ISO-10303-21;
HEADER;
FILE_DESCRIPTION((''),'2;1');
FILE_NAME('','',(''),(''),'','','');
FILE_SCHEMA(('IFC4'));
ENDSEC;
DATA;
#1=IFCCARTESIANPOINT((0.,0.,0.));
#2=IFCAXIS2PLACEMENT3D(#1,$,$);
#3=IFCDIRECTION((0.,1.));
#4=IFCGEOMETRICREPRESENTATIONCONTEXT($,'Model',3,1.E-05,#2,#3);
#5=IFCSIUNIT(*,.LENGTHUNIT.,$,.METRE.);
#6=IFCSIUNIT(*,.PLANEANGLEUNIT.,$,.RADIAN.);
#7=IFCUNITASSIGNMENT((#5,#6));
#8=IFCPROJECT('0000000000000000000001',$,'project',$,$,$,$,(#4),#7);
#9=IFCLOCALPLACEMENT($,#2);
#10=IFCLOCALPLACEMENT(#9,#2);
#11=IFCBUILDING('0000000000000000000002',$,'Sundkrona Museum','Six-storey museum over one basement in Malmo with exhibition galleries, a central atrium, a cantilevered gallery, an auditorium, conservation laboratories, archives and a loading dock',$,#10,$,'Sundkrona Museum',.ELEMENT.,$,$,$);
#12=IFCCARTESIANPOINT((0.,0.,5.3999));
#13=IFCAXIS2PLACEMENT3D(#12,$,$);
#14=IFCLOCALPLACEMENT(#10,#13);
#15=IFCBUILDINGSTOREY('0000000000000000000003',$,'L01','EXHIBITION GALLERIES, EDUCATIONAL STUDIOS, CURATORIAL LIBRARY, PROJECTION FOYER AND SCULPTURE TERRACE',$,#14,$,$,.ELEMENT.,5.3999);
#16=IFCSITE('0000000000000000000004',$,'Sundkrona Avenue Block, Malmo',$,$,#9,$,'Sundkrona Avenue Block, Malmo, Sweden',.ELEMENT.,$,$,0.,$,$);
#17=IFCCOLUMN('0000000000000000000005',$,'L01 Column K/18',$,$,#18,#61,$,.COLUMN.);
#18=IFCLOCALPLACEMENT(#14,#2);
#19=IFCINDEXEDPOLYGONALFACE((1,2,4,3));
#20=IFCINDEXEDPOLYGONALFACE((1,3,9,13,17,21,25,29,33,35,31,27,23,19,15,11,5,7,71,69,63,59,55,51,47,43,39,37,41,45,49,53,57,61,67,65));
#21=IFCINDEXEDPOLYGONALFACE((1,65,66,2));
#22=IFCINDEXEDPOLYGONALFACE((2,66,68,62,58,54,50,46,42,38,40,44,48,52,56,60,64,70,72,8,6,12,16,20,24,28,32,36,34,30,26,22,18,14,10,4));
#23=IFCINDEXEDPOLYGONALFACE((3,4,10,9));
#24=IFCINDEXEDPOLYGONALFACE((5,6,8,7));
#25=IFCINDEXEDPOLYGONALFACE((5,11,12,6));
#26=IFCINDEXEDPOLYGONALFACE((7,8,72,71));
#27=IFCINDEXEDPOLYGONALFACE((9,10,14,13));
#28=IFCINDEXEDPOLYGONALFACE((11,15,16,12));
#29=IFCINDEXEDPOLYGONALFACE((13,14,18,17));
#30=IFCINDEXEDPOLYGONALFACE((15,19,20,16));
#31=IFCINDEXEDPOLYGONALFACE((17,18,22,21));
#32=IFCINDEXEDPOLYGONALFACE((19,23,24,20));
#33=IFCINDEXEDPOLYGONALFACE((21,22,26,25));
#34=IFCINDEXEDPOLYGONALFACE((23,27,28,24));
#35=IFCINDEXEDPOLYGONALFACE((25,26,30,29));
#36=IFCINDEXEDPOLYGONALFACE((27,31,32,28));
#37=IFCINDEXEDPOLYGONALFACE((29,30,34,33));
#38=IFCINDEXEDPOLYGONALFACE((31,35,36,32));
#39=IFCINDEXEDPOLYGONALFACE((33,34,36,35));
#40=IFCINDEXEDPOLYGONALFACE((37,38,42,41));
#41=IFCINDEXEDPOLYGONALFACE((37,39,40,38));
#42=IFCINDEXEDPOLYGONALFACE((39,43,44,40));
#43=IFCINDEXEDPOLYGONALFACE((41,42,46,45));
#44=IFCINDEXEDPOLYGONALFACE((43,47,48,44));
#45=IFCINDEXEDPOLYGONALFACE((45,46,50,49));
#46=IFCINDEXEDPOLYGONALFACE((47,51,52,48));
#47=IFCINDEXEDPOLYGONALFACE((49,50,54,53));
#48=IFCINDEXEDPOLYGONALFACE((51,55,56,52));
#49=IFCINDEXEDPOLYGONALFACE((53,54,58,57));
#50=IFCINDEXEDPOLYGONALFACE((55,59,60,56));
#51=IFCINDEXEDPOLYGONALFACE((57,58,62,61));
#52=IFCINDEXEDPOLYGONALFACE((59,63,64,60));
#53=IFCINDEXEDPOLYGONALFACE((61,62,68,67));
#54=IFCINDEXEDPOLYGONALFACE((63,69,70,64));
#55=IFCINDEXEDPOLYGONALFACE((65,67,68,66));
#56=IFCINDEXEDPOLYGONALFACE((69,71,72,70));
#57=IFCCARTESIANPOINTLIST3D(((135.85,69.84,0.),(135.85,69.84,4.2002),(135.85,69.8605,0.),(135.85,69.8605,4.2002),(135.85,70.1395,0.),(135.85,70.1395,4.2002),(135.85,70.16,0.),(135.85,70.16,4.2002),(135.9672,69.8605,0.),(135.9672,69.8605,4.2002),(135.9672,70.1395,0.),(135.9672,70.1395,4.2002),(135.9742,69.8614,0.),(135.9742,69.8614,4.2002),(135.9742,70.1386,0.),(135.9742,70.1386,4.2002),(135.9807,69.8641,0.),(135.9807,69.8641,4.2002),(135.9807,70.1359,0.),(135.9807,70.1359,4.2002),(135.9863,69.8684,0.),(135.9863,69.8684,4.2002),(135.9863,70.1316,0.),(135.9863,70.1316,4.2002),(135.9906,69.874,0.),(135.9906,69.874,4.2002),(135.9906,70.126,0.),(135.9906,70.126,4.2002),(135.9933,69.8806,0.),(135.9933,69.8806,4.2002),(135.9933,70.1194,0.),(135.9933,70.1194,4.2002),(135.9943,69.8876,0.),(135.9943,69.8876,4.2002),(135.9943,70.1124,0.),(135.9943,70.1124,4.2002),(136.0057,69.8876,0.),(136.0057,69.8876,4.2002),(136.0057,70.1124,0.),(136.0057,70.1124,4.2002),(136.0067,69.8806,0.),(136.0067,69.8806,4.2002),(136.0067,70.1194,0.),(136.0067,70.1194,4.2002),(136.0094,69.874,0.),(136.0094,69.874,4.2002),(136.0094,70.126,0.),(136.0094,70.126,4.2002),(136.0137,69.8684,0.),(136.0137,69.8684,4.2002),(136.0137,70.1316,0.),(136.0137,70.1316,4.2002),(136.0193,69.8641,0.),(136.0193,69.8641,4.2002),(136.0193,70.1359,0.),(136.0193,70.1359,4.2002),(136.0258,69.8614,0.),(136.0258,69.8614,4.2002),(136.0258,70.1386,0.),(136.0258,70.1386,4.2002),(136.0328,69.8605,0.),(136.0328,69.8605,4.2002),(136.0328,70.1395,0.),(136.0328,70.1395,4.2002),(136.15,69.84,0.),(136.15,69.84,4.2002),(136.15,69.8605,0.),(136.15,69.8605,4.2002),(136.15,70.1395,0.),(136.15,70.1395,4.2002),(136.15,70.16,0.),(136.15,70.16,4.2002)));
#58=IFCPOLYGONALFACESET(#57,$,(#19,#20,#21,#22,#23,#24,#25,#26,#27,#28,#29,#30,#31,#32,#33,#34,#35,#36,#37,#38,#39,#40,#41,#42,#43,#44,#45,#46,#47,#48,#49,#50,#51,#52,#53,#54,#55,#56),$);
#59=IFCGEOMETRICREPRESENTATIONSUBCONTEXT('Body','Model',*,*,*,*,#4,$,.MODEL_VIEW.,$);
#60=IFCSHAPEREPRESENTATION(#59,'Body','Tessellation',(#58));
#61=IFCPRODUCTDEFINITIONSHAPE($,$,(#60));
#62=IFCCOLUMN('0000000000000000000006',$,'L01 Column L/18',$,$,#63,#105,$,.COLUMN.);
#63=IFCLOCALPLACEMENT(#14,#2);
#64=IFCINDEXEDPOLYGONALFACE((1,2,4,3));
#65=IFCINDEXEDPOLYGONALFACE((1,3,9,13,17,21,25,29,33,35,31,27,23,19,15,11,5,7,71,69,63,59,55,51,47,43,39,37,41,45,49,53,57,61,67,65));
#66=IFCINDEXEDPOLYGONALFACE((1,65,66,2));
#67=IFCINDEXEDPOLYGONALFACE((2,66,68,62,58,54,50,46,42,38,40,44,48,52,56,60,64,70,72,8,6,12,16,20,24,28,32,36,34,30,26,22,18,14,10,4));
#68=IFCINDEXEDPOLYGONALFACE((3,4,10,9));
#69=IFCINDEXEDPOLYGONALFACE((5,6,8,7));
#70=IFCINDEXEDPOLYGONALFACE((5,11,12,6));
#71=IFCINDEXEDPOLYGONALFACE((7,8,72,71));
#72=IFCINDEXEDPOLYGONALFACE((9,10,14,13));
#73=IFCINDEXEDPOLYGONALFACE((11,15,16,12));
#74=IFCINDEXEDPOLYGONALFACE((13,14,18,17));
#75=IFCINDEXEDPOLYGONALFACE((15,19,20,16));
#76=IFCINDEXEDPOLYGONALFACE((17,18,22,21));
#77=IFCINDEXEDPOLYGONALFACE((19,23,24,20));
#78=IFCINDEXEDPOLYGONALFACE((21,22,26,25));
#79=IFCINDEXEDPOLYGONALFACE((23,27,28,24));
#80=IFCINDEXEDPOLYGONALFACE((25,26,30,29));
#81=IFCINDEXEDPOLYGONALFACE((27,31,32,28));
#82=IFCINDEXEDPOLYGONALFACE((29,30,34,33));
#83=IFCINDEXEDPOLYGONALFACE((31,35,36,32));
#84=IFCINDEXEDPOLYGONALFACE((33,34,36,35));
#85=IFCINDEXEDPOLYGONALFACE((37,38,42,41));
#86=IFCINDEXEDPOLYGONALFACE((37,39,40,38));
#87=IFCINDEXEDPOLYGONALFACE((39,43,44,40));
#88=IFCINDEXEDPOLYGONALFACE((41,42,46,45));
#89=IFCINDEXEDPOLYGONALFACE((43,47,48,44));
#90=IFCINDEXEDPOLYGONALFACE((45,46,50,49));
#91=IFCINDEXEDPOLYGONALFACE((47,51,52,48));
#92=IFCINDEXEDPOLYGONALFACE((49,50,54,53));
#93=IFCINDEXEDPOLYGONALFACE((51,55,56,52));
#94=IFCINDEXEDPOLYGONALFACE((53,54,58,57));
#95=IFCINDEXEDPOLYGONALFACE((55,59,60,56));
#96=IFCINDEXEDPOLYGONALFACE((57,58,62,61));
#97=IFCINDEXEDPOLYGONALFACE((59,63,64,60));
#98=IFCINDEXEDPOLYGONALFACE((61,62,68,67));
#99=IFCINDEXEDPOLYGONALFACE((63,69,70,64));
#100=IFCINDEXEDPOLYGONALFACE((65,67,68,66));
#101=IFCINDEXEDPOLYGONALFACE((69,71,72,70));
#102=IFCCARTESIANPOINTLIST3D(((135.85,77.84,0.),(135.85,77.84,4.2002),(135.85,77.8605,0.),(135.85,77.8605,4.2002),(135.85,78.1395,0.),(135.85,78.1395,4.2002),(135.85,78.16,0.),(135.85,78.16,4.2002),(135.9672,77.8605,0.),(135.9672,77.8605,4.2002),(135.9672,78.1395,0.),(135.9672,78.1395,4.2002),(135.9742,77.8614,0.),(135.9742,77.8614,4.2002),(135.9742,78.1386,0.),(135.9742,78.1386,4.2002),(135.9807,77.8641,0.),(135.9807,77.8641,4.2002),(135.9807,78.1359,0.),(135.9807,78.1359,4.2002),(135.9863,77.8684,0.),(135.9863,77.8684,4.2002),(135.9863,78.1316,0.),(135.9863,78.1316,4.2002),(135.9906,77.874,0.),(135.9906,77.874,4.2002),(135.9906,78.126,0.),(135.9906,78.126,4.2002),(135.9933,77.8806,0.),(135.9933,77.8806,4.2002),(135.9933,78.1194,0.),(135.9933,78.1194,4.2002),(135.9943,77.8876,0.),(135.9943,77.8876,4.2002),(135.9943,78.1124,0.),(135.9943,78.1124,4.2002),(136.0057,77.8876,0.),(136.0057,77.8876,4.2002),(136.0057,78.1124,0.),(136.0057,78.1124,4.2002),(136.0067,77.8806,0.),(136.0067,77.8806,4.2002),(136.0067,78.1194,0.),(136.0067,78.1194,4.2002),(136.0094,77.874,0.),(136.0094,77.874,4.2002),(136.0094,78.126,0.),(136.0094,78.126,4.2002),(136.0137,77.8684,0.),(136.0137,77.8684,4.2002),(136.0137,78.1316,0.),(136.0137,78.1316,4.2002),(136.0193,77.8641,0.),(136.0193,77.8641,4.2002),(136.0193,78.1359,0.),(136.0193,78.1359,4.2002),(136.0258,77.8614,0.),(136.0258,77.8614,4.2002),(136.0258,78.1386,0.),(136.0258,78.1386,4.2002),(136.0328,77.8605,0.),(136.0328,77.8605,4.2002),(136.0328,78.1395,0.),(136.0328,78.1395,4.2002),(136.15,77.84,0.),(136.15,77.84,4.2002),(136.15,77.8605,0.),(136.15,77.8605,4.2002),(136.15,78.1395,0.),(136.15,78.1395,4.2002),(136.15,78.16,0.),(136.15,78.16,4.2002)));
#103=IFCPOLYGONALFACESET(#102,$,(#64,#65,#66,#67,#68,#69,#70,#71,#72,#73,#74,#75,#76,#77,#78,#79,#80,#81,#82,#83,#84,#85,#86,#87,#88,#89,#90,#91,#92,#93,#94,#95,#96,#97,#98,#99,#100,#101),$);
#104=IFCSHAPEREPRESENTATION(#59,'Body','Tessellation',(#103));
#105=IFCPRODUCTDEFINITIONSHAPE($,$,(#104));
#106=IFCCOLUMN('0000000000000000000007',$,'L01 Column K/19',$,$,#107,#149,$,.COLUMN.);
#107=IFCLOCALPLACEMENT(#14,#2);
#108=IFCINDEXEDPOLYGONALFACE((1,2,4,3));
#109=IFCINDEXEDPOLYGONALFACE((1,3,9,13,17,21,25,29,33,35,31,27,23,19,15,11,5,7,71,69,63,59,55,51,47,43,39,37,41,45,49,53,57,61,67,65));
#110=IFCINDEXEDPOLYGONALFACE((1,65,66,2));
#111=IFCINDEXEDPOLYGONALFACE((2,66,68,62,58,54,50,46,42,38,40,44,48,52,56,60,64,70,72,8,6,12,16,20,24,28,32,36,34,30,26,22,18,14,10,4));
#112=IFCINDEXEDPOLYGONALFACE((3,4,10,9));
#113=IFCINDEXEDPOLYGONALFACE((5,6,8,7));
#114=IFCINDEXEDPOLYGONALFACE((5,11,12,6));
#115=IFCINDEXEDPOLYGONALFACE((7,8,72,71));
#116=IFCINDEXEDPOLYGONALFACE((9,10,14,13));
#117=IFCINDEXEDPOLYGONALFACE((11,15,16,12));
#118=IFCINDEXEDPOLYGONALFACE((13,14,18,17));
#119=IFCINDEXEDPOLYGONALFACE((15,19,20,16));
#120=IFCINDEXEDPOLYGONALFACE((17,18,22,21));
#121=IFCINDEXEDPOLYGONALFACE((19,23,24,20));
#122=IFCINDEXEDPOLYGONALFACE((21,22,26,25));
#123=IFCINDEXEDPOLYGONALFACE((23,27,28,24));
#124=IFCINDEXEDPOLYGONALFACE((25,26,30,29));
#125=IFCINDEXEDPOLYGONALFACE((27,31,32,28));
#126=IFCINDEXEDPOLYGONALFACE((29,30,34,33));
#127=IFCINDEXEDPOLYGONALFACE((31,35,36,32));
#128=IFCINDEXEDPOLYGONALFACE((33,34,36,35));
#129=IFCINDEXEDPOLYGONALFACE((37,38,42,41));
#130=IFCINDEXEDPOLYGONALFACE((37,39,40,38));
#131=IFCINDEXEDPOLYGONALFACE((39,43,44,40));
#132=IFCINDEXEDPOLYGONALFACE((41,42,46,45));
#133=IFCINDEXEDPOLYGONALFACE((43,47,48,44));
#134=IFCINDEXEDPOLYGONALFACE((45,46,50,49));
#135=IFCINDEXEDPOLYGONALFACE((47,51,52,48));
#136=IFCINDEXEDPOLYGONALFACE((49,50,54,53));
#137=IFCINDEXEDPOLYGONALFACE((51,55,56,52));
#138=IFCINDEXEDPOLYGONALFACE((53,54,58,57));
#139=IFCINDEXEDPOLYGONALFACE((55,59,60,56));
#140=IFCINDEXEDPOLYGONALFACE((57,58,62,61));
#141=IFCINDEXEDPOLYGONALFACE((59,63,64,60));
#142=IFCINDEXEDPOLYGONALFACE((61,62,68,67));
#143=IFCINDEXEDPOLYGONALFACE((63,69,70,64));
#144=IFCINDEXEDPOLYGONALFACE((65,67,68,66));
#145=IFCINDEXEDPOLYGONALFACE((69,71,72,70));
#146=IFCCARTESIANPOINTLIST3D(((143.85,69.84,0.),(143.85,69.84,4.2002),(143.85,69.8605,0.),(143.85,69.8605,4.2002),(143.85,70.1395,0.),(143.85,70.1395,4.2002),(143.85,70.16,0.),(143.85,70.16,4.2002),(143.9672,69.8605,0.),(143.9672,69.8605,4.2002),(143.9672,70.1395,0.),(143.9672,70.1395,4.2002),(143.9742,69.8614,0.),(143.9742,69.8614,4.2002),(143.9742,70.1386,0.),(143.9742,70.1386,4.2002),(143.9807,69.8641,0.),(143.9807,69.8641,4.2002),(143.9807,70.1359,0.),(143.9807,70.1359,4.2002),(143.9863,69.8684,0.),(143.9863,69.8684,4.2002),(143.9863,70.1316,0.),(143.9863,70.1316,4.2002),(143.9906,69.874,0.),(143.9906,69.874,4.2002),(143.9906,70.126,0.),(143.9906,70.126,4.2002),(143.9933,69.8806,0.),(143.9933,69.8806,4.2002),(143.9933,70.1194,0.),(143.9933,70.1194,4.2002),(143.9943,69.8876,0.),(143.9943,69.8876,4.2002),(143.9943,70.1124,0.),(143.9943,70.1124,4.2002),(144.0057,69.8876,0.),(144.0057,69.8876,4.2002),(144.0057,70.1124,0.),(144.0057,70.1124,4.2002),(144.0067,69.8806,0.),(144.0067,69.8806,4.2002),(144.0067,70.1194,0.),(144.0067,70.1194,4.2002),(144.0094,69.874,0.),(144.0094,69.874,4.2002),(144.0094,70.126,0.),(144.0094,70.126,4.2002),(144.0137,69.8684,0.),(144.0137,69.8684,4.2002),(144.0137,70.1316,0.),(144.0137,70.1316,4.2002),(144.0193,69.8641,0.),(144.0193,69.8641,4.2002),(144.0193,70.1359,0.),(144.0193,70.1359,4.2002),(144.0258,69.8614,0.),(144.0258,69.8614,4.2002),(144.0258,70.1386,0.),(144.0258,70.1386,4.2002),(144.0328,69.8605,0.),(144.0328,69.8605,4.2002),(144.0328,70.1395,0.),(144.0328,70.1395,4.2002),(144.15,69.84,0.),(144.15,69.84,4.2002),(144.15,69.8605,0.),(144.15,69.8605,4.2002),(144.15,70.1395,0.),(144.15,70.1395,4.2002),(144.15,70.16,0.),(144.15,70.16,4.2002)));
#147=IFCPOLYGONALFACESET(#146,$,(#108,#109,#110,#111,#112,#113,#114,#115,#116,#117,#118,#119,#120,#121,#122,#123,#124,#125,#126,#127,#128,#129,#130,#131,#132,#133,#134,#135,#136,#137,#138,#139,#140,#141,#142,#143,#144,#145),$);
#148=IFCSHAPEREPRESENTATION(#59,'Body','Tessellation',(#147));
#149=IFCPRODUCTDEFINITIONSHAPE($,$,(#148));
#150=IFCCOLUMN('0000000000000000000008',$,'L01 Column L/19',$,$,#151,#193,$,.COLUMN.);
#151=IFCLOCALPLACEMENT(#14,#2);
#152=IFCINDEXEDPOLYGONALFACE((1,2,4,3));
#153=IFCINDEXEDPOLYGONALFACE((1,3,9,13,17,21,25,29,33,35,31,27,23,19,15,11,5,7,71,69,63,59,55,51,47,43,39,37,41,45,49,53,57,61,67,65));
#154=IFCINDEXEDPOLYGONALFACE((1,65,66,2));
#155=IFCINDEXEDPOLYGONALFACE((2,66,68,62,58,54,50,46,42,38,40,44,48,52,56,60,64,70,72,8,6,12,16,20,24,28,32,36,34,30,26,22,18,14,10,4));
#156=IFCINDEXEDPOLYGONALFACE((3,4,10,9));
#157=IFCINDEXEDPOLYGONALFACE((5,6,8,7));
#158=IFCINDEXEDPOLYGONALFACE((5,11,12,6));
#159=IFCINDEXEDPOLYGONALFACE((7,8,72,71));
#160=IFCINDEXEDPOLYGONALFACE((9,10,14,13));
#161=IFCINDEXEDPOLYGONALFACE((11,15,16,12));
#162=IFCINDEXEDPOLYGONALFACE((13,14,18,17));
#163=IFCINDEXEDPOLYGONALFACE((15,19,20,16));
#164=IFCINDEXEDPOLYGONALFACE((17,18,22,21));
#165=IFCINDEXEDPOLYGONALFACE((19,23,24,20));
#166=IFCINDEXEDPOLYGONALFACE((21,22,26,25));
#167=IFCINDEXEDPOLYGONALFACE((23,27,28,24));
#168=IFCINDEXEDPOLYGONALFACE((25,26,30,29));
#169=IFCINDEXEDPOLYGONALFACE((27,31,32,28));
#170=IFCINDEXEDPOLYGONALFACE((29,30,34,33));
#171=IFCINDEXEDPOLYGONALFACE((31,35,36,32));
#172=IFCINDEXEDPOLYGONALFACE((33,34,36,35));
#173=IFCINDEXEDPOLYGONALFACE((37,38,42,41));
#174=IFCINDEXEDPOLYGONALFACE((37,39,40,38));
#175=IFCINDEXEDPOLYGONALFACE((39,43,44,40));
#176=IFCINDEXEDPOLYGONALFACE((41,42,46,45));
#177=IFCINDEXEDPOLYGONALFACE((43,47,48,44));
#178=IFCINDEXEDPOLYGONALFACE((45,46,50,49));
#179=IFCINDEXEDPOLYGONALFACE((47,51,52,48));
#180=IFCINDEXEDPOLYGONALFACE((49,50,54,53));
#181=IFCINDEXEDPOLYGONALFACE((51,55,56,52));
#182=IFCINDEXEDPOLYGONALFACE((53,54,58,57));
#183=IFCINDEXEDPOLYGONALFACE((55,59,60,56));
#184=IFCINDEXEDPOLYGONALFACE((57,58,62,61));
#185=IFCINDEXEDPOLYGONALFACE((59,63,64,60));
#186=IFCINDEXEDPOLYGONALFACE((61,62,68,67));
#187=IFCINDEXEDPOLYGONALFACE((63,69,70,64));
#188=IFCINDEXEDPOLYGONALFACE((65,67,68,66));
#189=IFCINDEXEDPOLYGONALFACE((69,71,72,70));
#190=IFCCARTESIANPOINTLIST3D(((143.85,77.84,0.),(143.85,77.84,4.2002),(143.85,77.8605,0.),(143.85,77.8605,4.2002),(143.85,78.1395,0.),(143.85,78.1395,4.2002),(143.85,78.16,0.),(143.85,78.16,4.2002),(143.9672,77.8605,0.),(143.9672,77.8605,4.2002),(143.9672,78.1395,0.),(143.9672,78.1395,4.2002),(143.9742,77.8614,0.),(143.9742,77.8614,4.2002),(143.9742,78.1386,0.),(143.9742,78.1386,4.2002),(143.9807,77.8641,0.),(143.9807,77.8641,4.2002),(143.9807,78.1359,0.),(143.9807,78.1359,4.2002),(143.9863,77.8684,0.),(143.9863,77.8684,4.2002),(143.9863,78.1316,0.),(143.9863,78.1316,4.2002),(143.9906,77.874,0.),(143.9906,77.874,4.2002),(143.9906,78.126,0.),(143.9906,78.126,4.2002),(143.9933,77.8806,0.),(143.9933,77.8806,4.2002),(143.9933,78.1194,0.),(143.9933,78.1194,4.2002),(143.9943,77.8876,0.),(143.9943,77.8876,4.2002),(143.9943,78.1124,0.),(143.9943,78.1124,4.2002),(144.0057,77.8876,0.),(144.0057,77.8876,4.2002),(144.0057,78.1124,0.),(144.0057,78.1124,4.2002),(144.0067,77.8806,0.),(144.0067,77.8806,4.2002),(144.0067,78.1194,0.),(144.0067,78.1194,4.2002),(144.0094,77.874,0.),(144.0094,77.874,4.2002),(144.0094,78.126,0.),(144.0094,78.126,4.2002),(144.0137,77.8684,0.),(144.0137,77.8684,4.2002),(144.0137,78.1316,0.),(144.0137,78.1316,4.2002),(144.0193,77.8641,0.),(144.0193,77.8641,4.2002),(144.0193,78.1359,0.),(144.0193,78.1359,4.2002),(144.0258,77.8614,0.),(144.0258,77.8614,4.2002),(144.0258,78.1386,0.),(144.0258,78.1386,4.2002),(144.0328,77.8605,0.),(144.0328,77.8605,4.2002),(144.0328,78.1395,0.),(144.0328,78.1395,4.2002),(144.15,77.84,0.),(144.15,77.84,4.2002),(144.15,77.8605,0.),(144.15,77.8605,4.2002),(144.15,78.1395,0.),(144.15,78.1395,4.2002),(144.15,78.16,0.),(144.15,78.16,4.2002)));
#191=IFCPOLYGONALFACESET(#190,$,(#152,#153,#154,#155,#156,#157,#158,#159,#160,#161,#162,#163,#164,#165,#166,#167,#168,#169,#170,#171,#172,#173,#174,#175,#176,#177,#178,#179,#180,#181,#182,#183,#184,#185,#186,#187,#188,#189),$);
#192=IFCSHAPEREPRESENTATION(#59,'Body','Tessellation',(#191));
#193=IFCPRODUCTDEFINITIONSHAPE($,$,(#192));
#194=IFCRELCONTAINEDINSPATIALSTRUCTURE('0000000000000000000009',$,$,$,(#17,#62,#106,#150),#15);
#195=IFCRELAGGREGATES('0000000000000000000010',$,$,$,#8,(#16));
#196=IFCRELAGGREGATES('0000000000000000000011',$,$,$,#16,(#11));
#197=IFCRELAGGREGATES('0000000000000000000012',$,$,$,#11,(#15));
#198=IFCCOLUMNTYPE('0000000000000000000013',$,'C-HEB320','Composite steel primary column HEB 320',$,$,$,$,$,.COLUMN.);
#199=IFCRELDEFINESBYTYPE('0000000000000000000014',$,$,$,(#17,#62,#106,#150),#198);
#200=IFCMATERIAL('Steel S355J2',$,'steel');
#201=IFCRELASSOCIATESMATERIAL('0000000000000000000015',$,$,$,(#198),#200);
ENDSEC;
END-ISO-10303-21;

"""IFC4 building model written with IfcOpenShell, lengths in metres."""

from ifc_helpers import new_model, si_unit, direction, frame, origin, origin_2d, place, context, subcontext, project, spatial, i_section, extrude, material, material_profile, profile_set, type_object, element, save


model = new_model("IFC4")

# Units and contexts
model_context = context("Model", 3, precision=1e-05, world=origin(), true_north=direction((0.0, 1.0)))
body_context = subcontext(model_context, "Body", "Model", "MODEL_VIEW")
ifc_project = project(units=[si_unit("LENGTHUNIT", "METRE"), si_unit("PLANEANGLEUNIT", "RADIAN")], contexts=[model_context])

# Site, building, storey
site_placement = place(None, origin())
site = spatial("IfcSite", under=ifc_project, at=site_placement, Name="Sundkrona Avenue Block, Malmo", LongName="Sundkrona Avenue Block, Malmo, Sweden", CompositionType="ELEMENT", RefElevation=0.0)
building_placement = place(site_placement, origin())
building = spatial("IfcBuilding", under=site, at=building_placement, Name="Sundkrona Museum", Description="Six-storey museum over one basement in Malmo with exhibition galleries, a central atrium, a cantilevered gallery, an auditorium, conservation laboratories, archives and a loading dock", LongName="Sundkrona Museum", CompositionType="ELEMENT")
storey_placement = place(building_placement, frame((0.0, 0.0, 5.3999)))
storey = spatial("IfcBuildingStorey", under=building, at=storey_placement, Name="L01", Description="EXHIBITION GALLERIES, EDUCATIONAL STUDIOS, CURATORIAL LIBRARY, PROJECTION FOYER AND SCULPTURE TERRACE", CompositionType="ELEMENT", Elevation=5.3999)

# Columns
ifc_material_1 = material(Name="Steel S355J2", Category="steel")
ifc_material_profile_1 = material_profile(ifc_material_1, i_section(OverallWidth=0.3, OverallDepth=0.3201, WebThickness=0.0115, FlangeThickness=0.0205, FilletRadius=0.0271, at=origin_2d()), Name="HEB 320")
ifc_profile_set_1 = profile_set([ifc_material_profile_1], Name="Steel S355J2")
column_type = type_object("IfcColumnType", Name="C-HEB320", Description="Composite steel primary column HEB 320", PredefinedType="COLUMN", material=ifc_profile_set_1)
for number, where, z_axis, x_axis, name in (
    (1, (136.0, 70.0, 0.0), (0.0, 0.0, 1.0), (1.0, 0.0, 0.0), "L01 Column K/18"),
    (2, (136.0, 78.0, 0.0), (0.0, 0.0, 1.0), (1.0, 0.0, 0.0), "L01 Column L/18"),
    (3, (144.0, 70.0, 0.0), (0.0, 0.0, 1.0), (1.0, 0.0, 0.0), "L01 Column K/19"),
    (4, (144.0, 78.0, 0.0), (0.0, 0.0, 1.0), (1.0, 0.0, 0.0), "L01 Column L/19"),
):
    element("IfcColumn", number, at=place(storey_placement, frame(where, z_axis=z_axis, x_axis=x_axis)), inside=storey, type_object=column_type, Name=name, PredefinedType="COLUMN", context=body_context, shape_type="SweptSolid", body=[
        extrude(i_section(OverallWidth=0.3, OverallDepth=0.3201, WebThickness=0.0115, FlangeThickness=0.0205, FilletRadius=0.0271, at=origin_2d()), origin(), (0.0, 0.0, 1.0), 4.2002),
    ])

save(model, "model.ifc")
